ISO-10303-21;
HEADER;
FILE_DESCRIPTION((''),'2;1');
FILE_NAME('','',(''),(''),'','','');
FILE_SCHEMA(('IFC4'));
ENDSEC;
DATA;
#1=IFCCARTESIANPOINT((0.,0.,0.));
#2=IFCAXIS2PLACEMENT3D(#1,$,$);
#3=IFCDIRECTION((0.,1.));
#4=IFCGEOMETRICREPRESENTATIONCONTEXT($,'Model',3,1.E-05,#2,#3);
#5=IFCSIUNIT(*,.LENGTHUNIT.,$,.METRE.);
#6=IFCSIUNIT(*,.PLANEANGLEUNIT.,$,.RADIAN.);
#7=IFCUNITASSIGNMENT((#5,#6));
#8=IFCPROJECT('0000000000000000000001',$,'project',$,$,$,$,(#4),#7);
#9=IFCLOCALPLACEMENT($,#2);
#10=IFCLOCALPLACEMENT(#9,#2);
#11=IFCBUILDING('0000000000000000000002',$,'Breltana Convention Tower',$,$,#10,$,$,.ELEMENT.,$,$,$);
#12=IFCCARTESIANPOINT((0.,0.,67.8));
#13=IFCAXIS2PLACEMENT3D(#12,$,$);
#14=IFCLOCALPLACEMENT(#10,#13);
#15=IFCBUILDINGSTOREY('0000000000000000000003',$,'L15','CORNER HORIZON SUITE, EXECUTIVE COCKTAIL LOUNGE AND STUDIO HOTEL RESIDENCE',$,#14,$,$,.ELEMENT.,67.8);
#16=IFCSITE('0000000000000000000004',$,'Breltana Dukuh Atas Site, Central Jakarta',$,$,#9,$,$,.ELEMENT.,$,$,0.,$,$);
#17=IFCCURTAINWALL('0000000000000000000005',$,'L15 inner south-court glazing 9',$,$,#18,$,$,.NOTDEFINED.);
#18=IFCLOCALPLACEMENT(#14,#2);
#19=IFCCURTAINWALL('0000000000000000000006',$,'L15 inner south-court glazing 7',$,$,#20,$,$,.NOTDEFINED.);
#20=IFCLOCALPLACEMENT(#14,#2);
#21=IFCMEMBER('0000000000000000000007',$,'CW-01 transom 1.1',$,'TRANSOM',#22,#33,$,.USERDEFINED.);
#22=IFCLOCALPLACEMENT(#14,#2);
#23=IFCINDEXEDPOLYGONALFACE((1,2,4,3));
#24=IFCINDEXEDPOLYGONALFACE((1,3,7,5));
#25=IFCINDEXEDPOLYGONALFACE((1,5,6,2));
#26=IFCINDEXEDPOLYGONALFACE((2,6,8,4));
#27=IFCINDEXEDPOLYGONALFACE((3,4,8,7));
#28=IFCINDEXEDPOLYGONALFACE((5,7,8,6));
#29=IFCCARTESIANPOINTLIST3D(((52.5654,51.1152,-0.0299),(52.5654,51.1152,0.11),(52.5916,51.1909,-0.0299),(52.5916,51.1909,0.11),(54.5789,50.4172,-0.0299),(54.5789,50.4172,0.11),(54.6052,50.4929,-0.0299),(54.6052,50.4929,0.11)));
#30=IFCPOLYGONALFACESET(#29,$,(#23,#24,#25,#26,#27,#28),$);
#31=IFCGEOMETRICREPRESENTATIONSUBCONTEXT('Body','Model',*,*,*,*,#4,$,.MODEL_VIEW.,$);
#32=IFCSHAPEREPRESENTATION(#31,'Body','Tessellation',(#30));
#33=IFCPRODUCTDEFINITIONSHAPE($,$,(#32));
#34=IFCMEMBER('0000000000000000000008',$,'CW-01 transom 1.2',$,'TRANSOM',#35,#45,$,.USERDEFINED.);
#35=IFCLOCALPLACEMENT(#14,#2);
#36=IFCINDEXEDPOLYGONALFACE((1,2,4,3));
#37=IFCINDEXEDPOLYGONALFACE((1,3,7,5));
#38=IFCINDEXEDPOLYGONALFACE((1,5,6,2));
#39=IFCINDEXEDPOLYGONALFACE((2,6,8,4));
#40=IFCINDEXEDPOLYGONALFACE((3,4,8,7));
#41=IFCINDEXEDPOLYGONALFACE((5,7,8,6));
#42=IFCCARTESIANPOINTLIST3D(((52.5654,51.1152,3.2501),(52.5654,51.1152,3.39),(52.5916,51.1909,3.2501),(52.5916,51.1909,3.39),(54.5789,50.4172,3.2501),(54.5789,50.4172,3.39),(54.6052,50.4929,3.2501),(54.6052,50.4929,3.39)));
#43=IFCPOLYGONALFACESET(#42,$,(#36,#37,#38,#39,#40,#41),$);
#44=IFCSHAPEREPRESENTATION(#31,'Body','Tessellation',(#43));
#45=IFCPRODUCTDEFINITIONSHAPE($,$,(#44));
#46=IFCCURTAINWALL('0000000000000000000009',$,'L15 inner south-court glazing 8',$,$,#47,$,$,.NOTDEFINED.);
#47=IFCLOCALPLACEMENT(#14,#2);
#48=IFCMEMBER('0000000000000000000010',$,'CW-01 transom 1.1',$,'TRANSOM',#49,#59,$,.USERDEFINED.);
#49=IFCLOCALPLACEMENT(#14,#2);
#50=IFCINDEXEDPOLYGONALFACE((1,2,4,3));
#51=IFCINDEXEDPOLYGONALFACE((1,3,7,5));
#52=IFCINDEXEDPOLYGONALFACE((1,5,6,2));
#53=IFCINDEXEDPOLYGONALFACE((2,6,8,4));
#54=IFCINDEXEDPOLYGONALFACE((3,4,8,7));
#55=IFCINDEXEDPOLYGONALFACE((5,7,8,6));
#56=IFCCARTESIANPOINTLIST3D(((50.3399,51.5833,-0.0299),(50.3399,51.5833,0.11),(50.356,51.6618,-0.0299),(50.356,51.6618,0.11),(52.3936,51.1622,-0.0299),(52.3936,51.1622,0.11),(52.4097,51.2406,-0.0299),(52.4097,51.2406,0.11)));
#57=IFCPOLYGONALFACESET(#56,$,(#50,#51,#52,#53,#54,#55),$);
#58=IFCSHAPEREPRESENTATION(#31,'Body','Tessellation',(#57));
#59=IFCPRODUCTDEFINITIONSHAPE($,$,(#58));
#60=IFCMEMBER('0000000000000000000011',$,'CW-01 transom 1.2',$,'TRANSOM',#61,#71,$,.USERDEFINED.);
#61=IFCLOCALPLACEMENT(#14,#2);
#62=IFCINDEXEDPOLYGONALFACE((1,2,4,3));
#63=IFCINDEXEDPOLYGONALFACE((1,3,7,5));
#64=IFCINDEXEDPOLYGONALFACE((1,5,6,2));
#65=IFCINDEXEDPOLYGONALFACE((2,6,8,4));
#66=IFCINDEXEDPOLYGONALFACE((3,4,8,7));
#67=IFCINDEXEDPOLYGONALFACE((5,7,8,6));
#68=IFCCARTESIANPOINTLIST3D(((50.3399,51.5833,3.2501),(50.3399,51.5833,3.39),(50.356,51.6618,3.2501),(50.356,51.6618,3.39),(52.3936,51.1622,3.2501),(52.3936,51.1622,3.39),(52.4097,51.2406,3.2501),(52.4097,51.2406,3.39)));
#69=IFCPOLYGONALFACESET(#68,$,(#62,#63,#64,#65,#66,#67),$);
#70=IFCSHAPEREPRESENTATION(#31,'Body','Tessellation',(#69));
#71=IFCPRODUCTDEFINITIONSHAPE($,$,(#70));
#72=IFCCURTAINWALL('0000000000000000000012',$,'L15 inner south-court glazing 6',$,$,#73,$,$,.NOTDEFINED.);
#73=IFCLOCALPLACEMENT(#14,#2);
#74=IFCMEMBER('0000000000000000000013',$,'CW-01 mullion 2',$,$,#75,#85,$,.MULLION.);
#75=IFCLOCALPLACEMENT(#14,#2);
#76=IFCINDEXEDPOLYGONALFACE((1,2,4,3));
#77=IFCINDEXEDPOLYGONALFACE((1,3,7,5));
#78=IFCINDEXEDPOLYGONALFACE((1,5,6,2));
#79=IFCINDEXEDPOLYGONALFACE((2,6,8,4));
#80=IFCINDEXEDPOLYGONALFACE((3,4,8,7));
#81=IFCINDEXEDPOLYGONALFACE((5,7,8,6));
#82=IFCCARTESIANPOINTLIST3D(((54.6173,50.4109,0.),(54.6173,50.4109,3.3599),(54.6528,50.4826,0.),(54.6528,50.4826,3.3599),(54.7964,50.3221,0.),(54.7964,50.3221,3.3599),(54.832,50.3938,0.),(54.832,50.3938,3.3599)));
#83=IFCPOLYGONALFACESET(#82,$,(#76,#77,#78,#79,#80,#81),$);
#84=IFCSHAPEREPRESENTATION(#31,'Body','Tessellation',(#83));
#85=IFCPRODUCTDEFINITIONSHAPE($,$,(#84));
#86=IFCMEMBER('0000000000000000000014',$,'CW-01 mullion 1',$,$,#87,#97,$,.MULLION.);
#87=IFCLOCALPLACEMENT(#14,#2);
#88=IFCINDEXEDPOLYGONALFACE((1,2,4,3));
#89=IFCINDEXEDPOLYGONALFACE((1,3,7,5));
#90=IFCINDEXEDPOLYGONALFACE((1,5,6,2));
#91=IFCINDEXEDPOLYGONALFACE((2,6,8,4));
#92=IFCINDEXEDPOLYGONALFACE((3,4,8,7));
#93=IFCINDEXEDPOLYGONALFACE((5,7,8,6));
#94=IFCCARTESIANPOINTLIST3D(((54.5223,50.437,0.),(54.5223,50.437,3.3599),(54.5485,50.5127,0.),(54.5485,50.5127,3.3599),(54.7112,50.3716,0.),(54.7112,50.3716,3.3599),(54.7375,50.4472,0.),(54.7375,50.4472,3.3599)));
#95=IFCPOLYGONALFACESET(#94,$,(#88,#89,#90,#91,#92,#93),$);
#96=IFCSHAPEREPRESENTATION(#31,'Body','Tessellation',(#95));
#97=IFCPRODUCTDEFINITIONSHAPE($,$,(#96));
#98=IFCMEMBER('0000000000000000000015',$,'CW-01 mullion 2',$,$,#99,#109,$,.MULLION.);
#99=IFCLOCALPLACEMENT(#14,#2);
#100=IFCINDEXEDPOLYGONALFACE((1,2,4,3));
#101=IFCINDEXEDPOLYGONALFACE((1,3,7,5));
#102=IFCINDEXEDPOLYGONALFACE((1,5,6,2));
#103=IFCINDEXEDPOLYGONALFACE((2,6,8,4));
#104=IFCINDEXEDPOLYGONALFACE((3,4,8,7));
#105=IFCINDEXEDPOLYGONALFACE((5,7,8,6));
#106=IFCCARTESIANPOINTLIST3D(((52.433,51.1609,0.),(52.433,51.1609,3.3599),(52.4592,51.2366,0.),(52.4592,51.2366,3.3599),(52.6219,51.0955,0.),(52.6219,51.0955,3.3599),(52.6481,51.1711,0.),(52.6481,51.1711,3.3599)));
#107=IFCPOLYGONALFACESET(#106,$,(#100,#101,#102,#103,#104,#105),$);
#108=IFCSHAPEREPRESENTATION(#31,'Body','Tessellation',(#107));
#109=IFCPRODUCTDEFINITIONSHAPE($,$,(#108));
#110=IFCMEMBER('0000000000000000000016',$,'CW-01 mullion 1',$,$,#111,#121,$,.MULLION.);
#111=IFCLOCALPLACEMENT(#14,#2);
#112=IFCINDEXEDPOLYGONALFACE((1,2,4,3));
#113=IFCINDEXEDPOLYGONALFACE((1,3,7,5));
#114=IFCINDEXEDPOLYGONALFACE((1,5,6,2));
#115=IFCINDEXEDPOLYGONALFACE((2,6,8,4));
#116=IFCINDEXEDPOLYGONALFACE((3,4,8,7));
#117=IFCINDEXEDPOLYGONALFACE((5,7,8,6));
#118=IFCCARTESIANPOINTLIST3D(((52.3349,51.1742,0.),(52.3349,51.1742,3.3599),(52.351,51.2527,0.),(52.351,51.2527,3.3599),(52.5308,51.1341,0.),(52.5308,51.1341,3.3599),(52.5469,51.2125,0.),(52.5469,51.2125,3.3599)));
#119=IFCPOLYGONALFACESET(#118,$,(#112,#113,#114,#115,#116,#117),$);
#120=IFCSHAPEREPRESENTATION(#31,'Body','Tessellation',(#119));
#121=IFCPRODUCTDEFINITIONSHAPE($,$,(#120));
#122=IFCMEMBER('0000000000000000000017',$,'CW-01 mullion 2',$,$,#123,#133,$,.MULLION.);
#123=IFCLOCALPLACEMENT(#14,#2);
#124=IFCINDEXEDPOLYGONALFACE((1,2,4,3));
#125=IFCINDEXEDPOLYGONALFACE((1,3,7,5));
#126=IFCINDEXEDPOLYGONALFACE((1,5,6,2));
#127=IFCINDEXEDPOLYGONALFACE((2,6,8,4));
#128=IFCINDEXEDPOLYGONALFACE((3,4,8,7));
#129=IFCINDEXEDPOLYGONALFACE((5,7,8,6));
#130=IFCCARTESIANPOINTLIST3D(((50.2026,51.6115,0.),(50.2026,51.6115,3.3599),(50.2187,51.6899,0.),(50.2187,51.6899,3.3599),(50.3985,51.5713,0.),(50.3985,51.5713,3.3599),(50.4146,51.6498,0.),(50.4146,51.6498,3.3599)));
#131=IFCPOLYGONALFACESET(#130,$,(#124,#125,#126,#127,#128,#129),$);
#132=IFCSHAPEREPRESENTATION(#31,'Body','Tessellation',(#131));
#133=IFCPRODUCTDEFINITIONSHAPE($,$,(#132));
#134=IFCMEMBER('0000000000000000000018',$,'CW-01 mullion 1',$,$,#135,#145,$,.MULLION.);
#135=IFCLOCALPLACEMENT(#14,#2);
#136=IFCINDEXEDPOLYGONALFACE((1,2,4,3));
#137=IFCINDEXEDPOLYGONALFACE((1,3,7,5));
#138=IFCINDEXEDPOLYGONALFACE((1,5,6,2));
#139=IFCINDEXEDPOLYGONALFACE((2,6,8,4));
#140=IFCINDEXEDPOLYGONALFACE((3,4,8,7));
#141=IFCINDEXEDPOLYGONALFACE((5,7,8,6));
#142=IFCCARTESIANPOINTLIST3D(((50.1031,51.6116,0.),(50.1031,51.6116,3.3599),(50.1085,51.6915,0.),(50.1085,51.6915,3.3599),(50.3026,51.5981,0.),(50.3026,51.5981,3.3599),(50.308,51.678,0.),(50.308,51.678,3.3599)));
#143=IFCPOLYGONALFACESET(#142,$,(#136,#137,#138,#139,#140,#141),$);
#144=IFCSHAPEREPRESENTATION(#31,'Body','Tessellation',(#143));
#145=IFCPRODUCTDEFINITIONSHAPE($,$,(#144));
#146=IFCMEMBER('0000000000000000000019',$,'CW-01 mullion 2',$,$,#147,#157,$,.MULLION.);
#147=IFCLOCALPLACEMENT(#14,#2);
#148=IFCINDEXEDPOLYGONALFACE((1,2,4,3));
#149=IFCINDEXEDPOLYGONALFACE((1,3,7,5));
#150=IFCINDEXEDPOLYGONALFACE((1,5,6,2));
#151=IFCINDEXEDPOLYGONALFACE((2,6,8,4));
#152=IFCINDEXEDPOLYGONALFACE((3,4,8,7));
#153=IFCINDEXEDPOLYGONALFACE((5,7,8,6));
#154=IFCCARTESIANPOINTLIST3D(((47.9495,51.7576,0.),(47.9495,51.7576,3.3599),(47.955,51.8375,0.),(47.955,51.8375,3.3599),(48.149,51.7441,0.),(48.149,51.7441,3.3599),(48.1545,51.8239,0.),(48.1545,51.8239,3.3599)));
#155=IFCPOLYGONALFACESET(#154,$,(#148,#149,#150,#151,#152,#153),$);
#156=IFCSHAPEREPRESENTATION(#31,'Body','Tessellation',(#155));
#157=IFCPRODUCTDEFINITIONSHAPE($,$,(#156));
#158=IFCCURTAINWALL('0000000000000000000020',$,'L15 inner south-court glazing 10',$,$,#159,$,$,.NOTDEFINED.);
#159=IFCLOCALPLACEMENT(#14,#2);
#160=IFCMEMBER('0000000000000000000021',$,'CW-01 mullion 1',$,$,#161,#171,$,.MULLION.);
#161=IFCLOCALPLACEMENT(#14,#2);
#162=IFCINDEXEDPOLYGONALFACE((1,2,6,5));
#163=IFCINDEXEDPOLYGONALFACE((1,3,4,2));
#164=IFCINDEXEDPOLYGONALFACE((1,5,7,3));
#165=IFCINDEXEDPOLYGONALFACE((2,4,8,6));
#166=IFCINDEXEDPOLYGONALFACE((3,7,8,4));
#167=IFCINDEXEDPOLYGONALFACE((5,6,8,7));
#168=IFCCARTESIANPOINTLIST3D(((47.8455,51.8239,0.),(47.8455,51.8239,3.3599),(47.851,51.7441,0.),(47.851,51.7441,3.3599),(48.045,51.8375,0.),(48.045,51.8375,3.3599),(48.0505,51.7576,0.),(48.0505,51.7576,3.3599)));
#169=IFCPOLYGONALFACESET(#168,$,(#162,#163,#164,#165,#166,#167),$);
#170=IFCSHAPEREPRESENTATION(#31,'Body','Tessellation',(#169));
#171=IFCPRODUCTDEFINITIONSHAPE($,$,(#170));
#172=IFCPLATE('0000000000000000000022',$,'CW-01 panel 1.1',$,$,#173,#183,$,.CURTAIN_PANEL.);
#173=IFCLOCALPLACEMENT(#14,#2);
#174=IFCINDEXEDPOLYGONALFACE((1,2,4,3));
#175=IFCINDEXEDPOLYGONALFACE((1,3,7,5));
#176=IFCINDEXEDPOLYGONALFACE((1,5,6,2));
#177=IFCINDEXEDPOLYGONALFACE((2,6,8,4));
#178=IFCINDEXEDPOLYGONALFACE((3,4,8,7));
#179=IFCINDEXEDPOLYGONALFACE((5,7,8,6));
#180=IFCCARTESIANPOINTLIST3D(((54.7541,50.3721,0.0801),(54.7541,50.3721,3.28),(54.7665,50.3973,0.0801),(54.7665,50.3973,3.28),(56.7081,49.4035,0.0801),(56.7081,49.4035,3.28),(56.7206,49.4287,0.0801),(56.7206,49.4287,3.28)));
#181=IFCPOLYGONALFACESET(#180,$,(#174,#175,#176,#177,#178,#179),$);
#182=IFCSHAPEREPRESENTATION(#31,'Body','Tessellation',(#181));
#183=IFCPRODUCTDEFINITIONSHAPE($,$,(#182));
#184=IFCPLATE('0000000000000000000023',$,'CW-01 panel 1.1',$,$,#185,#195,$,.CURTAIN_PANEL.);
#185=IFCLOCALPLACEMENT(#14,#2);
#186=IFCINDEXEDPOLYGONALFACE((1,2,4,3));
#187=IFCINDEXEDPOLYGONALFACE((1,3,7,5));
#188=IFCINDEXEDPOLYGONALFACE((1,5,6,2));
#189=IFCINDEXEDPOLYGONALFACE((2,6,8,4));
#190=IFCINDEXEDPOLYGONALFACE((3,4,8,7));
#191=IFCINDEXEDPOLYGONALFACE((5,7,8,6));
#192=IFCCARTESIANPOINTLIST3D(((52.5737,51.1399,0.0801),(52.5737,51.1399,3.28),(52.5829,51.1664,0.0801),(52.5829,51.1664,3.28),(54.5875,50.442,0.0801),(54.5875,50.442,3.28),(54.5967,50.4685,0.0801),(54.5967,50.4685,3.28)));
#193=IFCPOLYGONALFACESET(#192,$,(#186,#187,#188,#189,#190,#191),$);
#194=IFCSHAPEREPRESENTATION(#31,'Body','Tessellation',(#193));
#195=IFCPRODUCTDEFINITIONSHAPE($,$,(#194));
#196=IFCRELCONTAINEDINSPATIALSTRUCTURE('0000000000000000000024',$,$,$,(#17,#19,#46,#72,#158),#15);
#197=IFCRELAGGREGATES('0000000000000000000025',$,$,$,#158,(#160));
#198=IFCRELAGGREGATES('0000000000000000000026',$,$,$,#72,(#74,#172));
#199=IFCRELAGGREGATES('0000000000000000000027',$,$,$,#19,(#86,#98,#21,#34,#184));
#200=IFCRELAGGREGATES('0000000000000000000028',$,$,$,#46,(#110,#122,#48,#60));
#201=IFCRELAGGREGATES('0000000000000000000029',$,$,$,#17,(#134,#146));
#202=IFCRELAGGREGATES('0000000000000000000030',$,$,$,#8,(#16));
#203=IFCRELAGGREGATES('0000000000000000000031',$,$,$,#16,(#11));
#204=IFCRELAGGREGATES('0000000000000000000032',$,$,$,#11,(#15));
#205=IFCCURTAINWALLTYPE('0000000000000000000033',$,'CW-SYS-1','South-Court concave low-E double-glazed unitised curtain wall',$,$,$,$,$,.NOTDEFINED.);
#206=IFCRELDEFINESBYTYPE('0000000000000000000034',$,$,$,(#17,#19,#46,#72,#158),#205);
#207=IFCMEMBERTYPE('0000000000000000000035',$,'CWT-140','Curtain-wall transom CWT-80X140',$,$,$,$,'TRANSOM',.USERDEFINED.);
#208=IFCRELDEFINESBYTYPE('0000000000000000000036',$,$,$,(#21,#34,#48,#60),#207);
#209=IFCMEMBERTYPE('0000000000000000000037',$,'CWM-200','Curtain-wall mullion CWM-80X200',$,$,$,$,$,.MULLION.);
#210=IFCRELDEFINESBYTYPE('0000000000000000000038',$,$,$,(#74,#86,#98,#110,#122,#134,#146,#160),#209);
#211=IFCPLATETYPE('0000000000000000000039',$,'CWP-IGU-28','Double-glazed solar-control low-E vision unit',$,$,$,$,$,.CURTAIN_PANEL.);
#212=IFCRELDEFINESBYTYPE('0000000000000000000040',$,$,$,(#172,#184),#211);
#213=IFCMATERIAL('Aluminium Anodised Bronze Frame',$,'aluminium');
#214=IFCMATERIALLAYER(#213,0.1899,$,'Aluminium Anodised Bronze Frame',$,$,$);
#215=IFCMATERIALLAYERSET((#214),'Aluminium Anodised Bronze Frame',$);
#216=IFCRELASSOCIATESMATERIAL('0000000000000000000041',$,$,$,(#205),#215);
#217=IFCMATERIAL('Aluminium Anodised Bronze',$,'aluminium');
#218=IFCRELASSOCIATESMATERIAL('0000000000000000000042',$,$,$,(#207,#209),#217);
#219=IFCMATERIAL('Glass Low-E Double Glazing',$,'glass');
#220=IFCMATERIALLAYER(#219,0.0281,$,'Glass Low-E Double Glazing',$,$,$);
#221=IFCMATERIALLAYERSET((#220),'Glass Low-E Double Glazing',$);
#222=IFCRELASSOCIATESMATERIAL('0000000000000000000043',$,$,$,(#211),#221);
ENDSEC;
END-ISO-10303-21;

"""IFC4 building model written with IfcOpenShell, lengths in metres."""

from ifc_helpers import new_model, si_unit, direction, frame, origin, origin_2d, place, context, subcontext, project, spatial, rectangle, extrude, source, transform, mapped, material, layer, layer_set, material_profile, profile_set, type_object, element, aggregate, save


model = new_model("IFC4")

# Units and contexts
model_context = context("Model", 3, precision=1e-05, world=origin(), true_north=direction((0.0, 1.0)))
body_context = subcontext(model_context, "Body", "Model", "MODEL_VIEW")
ifc_project = project(units=[si_unit("LENGTHUNIT", "METRE"), si_unit("PLANEANGLEUNIT", "RADIAN")], contexts=[model_context])

# Site, building, storey
site_placement = place(None, origin())
site = spatial("IfcSite", under=ifc_project, at=site_placement, Name="Breltana Dukuh Atas Site, Central Jakarta", CompositionType="ELEMENT", RefElevation=0.0)
building_placement = place(site_placement, origin())
building = spatial("IfcBuilding", under=site, at=building_placement, Name="Breltana Convention Tower", CompositionType="ELEMENT")
storey_placement = place(building_placement, frame((0.0, 0.0, 67.8)))
storey = spatial("IfcBuildingStorey", under=building, at=storey_placement, Name="L15", Description="CORNER HORIZON SUITE, EXECUTIVE COCKTAIL LOUNGE AND STUDIO HOTEL RESIDENCE", CompositionType="ELEMENT", Elevation=67.8)

# Curtain walls, members
ifc_material_1 = material(Name="Aluminium Anodised Bronze Frame", Category="aluminium")
ifc_layer_1 = layer(ifc_material_1, 0.1899, Name="Aluminium Anodised Bronze Frame")
ifc_layer_set_1 = layer_set([ifc_layer_1], Name="Aluminium Anodised Bronze Frame")
curtain_wall_type = type_object("IfcCurtainWallType", Name="CW-SYS-1", Description="South-Court concave low-E double-glazed unitised curtain wall", PredefinedType="NOTDEFINED", material=ifc_layer_set_1)
curtain_wall_1_placement = place(storey_placement, origin())
curtain_wall_1 = element("IfcCurtainWall", 1, at=curtain_wall_1_placement, inside=storey, type_object=curtain_wall_type, Name="L15 inner south-court glazing 9", PredefinedType="NOTDEFINED")
ifc_material_2 = material(Name="Aluminium Anodised Bronze", Category="aluminium")
ifc_material_profile_1 = material_profile(ifc_material_2, rectangle(XDim=0.0801, YDim=0.1399, at=origin_2d()), Name="CWT-80X140")
ifc_profile_set_1 = profile_set([ifc_material_profile_1], Name="Aluminium Anodised Bronze")
member_type_1 = type_object("IfcMemberType", Name="CWT-140", Description="Curtain-wall transom CWT-80X140", ElementType="TRANSOM", PredefinedType="USERDEFINED", material=ifc_profile_set_1)
curtain_wall_2_placement = place(storey_placement, origin())
curtain_wall_2 = element("IfcCurtainWall", 2, at=curtain_wall_2_placement, inside=storey, type_object=curtain_wall_type, Name="L15 inner south-court glazing 7", PredefinedType="NOTDEFINED")
shared_shape_1 = source(origin(), body_context, "Body", "SweptSolid", [
    extrude(rectangle(XDim=0.0801, YDim=0.1399, at=origin_2d()), origin(), (0.0, 0.0, 1.0), 2.1311),
])
member_1_placement = place(storey_placement, frame((54.592, 50.4551, 0.04), z_axis=(-0.944847, 0.327512, 0.0), x_axis=(-0.327512, -0.944847, 0.0)))
member_1 = element("IfcMember", 3, at=member_1_placement, type_object=member_type_1, Name="CW-01 transom 1.1", ObjectType="TRANSOM", PredefinedType="USERDEFINED", context=body_context, shape_type="MappedRepresentation", body=[
    mapped(shared_shape_1, transform((0.0, 0.0, 0.0), scale=1.0)),
])
member_2_placement = place(storey_placement, frame((54.592, 50.4551, 3.3201), z_axis=(-0.944847, 0.327512, 0.0), x_axis=(-0.327512, -0.944847, 0.0)))
member_2 = element("IfcMember", 4, at=member_2_placement, type_object=member_type_1, Name="CW-01 transom 1.2", ObjectType="TRANSOM", PredefinedType="USERDEFINED", context=body_context, shape_type="MappedRepresentation", body=[
    mapped(shared_shape_1, transform((0.0, 0.0, 0.0), scale=1.0)),
])
curtain_wall_3_placement = place(storey_placement, origin())
curtain_wall_3 = element("IfcCurtainWall", 5, at=curtain_wall_3_placement, inside=storey, type_object=curtain_wall_type, Name="L15 inner south-court glazing 8", PredefinedType="NOTDEFINED")
shared_shape_2 = source(origin(), body_context, "Body", "SweptSolid", [
    extrude(rectangle(XDim=0.0801, YDim=0.1399, at=origin_2d()), origin(), (0.0, 0.0, 1.0), 2.0964),
])
member_3_placement = place(storey_placement, frame((52.4016, 51.2014, 0.04), z_axis=(-0.979615, 0.200884, 0.0), x_axis=(-0.200884, -0.979615, 0.0)))
member_3 = element("IfcMember", 6, at=member_3_placement, type_object=member_type_1, Name="CW-01 transom 1.1", ObjectType="TRANSOM", PredefinedType="USERDEFINED", context=body_context, shape_type="MappedRepresentation", body=[
    mapped(shared_shape_2, transform((0.0, 0.0, 0.0), scale=1.0)),
])
member_4_placement = place(storey_placement, frame((52.4016, 51.2014, 3.3201), z_axis=(-0.979615, 0.200884, 0.0), x_axis=(-0.200884, -0.979615, 0.0)))
member_4 = element("IfcMember", 7, at=member_4_placement, type_object=member_type_1, Name="CW-01 transom 1.2", ObjectType="TRANSOM", PredefinedType="USERDEFINED", context=body_context, shape_type="MappedRepresentation", body=[
    mapped(shared_shape_2, transform((0.0, 0.0, 0.0), scale=1.0)),
])

# Curtain wall, member
curtain_wall_4_placement = place(storey_placement, origin())
curtain_wall_4 = element("IfcCurtainWall", 8, at=curtain_wall_4_placement, inside=storey, type_object=curtain_wall_type, Name="L15 inner south-court glazing 6", PredefinedType="NOTDEFINED")
ifc_material_profile_2 = material_profile(ifc_material_2, rectangle(XDim=0.0801, YDim=0.2, at=origin_2d()), Name="CWM-80X200")
ifc_profile_set_2 = profile_set([ifc_material_profile_2], Name="Aluminium Anodised Bronze")
member_type_2 = type_object("IfcMemberType", Name="CWM-200", Description="Curtain-wall mullion CWM-80X200", PredefinedType="MULLION", material=ifc_profile_set_2)
shared_shape_3 = source(origin(), body_context, "Body", "SweptSolid", [
    extrude(rectangle(XDim=0.0801, YDim=0.2, at=origin_2d()), origin(), (0.0, 0.0, 1.0), 3.3599),
])
member_5_placement = place(storey_placement, frame((54.7246, 50.4023, 0.0), z_axis=(0.0, 0.0, 1.0), x_axis=(-0.444118, -0.895968, 0.0)))
member_5 = element("IfcMember", 9, at=member_5_placement, type_object=member_type_2, Name="CW-01 mullion 2", PredefinedType="MULLION", context=body_context, shape_type="MappedRepresentation", body=[
    mapped(shared_shape_3, transform((0.0, 0.0, 0.0), scale=1.0)),
])

# Members
member_6_placement = place(storey_placement, frame((54.6299, 50.4421, 0.0), z_axis=(0.0, 0.0, 1.0), x_axis=(-0.327413, -0.944881, 0.0)))
member_6 = element("IfcMember", 10, at=member_6_placement, type_object=member_type_2, Name="CW-01 mullion 1", PredefinedType="MULLION", context=body_context, shape_type="MappedRepresentation", body=[
    mapped(shared_shape_3, transform((0.0, 0.0, 0.0), scale=1.0)),
])
member_7_placement = place(storey_placement, frame((52.5405, 51.166, 0.0), z_axis=(0.0, 0.0, 1.0), x_axis=(-0.327413, -0.944881, 0.0)))
member_7 = element("IfcMember", 11, at=member_7_placement, type_object=member_type_2, Name="CW-01 mullion 2", PredefinedType="MULLION", context=body_context, shape_type="MappedRepresentation", body=[
    mapped(shared_shape_3, transform((0.0, 0.0, 0.0), scale=1.0)),
])
member_8_placement = place(storey_placement, frame((52.4409, 51.1934, 0.0), z_axis=(0.0, 0.0, 1.0), x_axis=(-0.200886, -0.979615, 0.0)))
member_8 = element("IfcMember", 12, at=member_8_placement, type_object=member_type_2, Name="CW-01 mullion 1", PredefinedType="MULLION", context=body_context, shape_type="MappedRepresentation", body=[
    mapped(shared_shape_3, transform((0.0, 0.0, 0.0), scale=1.0)),
])
member_9_placement = place(storey_placement, frame((50.3086, 51.6306, 0.0), z_axis=(0.0, 0.0, 1.0), x_axis=(-0.200886, -0.979615, 0.0)))
member_9 = element("IfcMember", 13, at=member_9_placement, type_object=member_type_2, Name="CW-01 mullion 2", PredefinedType="MULLION", context=body_context, shape_type="MappedRepresentation", body=[
    mapped(shared_shape_3, transform((0.0, 0.0, 0.0), scale=1.0)),
])
member_10_placement = place(storey_placement, frame((50.2056, 51.6448, 0.0), z_axis=(0.0, 0.0, 1.0), x_axis=(-0.067726, -0.997704, 0.0)))
member_10 = element("IfcMember", 14, at=member_10_placement, type_object=member_type_2, Name="CW-01 mullion 1", PredefinedType="MULLION", context=body_context, shape_type="MappedRepresentation", body=[
    mapped(shared_shape_3, transform((0.0, 0.0, 0.0), scale=1.0)),
])
member_11_placement = place(storey_placement, frame((48.052, 51.7908, 0.0), z_axis=(0.0, 0.0, 1.0), x_axis=(-0.067726, -0.997704, 0.0)))
member_11 = element("IfcMember", 15, at=member_11_placement, type_object=member_type_2, Name="CW-01 mullion 2", PredefinedType="MULLION", context=body_context, shape_type="MappedRepresentation", body=[
    mapped(shared_shape_3, transform((0.0, 0.0, 0.0), scale=1.0)),
])

# Curtain wall, member
curtain_wall_5_placement = place(storey_placement, origin())
curtain_wall_5 = element("IfcCurtainWall", 16, at=curtain_wall_5_placement, inside=storey, type_object=curtain_wall_type, Name="L15 inner south-court glazing 10", PredefinedType="NOTDEFINED")
member_12_placement = place(storey_placement, frame((47.948, 51.7908, 0.0), z_axis=(0.0, 0.0, 1.0), x_axis=(0.067726, -0.997704, 0.0)))
member_12 = element("IfcMember", 17, at=member_12_placement, type_object=member_type_2, Name="CW-01 mullion 1", PredefinedType="MULLION", context=body_context, shape_type="MappedRepresentation", body=[
    mapped(shared_shape_3, transform((0.0, 0.0, 0.0), scale=1.0)),
])
aggregate(curtain_wall_5, [member_12])

# Plates
ifc_material_3 = material(Name="Glass Low-E Double Glazing", Category="glass")
ifc_layer_2 = layer(ifc_material_3, 0.0281, Name="Glass Low-E Double Glazing")
ifc_layer_set_2 = layer_set([ifc_layer_2], Name="Glass Low-E Double Glazing")
plate_type = type_object("IfcPlateType", Name="CWP-IGU-28", Description="Double-glazed solar-control low-E vision unit", PredefinedType="CURTAIN_PANEL", material=ifc_layer_set_2)
shared_shape_4 = source(origin(), body_context, "Body", "SweptSolid", [
    extrude(rectangle(XDim=2.1809, YDim=0.0281, at=origin_2d()), origin(), (0.0, 0.0, 1.0), 3.2),
])
plate_1_placement = place(storey_placement, frame((55.7373, 49.9004, 0.0801), z_axis=(0.0, 0.0, 1.0), x_axis=(-0.895968, 0.444118, 0.0)))
plate_1 = element("IfcPlate", 18, at=plate_1_placement, type_object=plate_type, Name="CW-01 panel 1.1", PredefinedType="CURTAIN_PANEL", context=body_context, shape_type="MappedRepresentation", body=[
    mapped(shared_shape_4, transform((0.0, 0.0, 0.0), scale=1.0)),
])
aggregate(curtain_wall_4, [member_5, plate_1])
shared_shape_5 = source(origin(), body_context, "Body", "SweptSolid", [
    extrude(rectangle(XDim=2.1313, YDim=0.0281, at=origin_2d()), origin(), (0.0, 0.0, 1.0), 3.2),
])
plate_2_placement = place(storey_placement, frame((53.5852, 50.8042, 0.0801), z_axis=(0.0, 0.0, 1.0), x_axis=(-0.944881, 0.327413, 0.0)))
plate_2 = element("IfcPlate", 19, at=plate_2_placement, type_object=plate_type, Name="CW-01 panel 1.1", PredefinedType="CURTAIN_PANEL", context=body_context, shape_type="MappedRepresentation", body=[
    mapped(shared_shape_5, transform((0.0, 0.0, 0.0), scale=1.0)),
])
aggregate(curtain_wall_2, [member_6, member_7, member_1, member_2, plate_2])
aggregate(curtain_wall_3, [member_8, member_9, member_3, member_4])
aggregate(curtain_wall_1, [member_10, member_11])

save(model, "model.ifc")
